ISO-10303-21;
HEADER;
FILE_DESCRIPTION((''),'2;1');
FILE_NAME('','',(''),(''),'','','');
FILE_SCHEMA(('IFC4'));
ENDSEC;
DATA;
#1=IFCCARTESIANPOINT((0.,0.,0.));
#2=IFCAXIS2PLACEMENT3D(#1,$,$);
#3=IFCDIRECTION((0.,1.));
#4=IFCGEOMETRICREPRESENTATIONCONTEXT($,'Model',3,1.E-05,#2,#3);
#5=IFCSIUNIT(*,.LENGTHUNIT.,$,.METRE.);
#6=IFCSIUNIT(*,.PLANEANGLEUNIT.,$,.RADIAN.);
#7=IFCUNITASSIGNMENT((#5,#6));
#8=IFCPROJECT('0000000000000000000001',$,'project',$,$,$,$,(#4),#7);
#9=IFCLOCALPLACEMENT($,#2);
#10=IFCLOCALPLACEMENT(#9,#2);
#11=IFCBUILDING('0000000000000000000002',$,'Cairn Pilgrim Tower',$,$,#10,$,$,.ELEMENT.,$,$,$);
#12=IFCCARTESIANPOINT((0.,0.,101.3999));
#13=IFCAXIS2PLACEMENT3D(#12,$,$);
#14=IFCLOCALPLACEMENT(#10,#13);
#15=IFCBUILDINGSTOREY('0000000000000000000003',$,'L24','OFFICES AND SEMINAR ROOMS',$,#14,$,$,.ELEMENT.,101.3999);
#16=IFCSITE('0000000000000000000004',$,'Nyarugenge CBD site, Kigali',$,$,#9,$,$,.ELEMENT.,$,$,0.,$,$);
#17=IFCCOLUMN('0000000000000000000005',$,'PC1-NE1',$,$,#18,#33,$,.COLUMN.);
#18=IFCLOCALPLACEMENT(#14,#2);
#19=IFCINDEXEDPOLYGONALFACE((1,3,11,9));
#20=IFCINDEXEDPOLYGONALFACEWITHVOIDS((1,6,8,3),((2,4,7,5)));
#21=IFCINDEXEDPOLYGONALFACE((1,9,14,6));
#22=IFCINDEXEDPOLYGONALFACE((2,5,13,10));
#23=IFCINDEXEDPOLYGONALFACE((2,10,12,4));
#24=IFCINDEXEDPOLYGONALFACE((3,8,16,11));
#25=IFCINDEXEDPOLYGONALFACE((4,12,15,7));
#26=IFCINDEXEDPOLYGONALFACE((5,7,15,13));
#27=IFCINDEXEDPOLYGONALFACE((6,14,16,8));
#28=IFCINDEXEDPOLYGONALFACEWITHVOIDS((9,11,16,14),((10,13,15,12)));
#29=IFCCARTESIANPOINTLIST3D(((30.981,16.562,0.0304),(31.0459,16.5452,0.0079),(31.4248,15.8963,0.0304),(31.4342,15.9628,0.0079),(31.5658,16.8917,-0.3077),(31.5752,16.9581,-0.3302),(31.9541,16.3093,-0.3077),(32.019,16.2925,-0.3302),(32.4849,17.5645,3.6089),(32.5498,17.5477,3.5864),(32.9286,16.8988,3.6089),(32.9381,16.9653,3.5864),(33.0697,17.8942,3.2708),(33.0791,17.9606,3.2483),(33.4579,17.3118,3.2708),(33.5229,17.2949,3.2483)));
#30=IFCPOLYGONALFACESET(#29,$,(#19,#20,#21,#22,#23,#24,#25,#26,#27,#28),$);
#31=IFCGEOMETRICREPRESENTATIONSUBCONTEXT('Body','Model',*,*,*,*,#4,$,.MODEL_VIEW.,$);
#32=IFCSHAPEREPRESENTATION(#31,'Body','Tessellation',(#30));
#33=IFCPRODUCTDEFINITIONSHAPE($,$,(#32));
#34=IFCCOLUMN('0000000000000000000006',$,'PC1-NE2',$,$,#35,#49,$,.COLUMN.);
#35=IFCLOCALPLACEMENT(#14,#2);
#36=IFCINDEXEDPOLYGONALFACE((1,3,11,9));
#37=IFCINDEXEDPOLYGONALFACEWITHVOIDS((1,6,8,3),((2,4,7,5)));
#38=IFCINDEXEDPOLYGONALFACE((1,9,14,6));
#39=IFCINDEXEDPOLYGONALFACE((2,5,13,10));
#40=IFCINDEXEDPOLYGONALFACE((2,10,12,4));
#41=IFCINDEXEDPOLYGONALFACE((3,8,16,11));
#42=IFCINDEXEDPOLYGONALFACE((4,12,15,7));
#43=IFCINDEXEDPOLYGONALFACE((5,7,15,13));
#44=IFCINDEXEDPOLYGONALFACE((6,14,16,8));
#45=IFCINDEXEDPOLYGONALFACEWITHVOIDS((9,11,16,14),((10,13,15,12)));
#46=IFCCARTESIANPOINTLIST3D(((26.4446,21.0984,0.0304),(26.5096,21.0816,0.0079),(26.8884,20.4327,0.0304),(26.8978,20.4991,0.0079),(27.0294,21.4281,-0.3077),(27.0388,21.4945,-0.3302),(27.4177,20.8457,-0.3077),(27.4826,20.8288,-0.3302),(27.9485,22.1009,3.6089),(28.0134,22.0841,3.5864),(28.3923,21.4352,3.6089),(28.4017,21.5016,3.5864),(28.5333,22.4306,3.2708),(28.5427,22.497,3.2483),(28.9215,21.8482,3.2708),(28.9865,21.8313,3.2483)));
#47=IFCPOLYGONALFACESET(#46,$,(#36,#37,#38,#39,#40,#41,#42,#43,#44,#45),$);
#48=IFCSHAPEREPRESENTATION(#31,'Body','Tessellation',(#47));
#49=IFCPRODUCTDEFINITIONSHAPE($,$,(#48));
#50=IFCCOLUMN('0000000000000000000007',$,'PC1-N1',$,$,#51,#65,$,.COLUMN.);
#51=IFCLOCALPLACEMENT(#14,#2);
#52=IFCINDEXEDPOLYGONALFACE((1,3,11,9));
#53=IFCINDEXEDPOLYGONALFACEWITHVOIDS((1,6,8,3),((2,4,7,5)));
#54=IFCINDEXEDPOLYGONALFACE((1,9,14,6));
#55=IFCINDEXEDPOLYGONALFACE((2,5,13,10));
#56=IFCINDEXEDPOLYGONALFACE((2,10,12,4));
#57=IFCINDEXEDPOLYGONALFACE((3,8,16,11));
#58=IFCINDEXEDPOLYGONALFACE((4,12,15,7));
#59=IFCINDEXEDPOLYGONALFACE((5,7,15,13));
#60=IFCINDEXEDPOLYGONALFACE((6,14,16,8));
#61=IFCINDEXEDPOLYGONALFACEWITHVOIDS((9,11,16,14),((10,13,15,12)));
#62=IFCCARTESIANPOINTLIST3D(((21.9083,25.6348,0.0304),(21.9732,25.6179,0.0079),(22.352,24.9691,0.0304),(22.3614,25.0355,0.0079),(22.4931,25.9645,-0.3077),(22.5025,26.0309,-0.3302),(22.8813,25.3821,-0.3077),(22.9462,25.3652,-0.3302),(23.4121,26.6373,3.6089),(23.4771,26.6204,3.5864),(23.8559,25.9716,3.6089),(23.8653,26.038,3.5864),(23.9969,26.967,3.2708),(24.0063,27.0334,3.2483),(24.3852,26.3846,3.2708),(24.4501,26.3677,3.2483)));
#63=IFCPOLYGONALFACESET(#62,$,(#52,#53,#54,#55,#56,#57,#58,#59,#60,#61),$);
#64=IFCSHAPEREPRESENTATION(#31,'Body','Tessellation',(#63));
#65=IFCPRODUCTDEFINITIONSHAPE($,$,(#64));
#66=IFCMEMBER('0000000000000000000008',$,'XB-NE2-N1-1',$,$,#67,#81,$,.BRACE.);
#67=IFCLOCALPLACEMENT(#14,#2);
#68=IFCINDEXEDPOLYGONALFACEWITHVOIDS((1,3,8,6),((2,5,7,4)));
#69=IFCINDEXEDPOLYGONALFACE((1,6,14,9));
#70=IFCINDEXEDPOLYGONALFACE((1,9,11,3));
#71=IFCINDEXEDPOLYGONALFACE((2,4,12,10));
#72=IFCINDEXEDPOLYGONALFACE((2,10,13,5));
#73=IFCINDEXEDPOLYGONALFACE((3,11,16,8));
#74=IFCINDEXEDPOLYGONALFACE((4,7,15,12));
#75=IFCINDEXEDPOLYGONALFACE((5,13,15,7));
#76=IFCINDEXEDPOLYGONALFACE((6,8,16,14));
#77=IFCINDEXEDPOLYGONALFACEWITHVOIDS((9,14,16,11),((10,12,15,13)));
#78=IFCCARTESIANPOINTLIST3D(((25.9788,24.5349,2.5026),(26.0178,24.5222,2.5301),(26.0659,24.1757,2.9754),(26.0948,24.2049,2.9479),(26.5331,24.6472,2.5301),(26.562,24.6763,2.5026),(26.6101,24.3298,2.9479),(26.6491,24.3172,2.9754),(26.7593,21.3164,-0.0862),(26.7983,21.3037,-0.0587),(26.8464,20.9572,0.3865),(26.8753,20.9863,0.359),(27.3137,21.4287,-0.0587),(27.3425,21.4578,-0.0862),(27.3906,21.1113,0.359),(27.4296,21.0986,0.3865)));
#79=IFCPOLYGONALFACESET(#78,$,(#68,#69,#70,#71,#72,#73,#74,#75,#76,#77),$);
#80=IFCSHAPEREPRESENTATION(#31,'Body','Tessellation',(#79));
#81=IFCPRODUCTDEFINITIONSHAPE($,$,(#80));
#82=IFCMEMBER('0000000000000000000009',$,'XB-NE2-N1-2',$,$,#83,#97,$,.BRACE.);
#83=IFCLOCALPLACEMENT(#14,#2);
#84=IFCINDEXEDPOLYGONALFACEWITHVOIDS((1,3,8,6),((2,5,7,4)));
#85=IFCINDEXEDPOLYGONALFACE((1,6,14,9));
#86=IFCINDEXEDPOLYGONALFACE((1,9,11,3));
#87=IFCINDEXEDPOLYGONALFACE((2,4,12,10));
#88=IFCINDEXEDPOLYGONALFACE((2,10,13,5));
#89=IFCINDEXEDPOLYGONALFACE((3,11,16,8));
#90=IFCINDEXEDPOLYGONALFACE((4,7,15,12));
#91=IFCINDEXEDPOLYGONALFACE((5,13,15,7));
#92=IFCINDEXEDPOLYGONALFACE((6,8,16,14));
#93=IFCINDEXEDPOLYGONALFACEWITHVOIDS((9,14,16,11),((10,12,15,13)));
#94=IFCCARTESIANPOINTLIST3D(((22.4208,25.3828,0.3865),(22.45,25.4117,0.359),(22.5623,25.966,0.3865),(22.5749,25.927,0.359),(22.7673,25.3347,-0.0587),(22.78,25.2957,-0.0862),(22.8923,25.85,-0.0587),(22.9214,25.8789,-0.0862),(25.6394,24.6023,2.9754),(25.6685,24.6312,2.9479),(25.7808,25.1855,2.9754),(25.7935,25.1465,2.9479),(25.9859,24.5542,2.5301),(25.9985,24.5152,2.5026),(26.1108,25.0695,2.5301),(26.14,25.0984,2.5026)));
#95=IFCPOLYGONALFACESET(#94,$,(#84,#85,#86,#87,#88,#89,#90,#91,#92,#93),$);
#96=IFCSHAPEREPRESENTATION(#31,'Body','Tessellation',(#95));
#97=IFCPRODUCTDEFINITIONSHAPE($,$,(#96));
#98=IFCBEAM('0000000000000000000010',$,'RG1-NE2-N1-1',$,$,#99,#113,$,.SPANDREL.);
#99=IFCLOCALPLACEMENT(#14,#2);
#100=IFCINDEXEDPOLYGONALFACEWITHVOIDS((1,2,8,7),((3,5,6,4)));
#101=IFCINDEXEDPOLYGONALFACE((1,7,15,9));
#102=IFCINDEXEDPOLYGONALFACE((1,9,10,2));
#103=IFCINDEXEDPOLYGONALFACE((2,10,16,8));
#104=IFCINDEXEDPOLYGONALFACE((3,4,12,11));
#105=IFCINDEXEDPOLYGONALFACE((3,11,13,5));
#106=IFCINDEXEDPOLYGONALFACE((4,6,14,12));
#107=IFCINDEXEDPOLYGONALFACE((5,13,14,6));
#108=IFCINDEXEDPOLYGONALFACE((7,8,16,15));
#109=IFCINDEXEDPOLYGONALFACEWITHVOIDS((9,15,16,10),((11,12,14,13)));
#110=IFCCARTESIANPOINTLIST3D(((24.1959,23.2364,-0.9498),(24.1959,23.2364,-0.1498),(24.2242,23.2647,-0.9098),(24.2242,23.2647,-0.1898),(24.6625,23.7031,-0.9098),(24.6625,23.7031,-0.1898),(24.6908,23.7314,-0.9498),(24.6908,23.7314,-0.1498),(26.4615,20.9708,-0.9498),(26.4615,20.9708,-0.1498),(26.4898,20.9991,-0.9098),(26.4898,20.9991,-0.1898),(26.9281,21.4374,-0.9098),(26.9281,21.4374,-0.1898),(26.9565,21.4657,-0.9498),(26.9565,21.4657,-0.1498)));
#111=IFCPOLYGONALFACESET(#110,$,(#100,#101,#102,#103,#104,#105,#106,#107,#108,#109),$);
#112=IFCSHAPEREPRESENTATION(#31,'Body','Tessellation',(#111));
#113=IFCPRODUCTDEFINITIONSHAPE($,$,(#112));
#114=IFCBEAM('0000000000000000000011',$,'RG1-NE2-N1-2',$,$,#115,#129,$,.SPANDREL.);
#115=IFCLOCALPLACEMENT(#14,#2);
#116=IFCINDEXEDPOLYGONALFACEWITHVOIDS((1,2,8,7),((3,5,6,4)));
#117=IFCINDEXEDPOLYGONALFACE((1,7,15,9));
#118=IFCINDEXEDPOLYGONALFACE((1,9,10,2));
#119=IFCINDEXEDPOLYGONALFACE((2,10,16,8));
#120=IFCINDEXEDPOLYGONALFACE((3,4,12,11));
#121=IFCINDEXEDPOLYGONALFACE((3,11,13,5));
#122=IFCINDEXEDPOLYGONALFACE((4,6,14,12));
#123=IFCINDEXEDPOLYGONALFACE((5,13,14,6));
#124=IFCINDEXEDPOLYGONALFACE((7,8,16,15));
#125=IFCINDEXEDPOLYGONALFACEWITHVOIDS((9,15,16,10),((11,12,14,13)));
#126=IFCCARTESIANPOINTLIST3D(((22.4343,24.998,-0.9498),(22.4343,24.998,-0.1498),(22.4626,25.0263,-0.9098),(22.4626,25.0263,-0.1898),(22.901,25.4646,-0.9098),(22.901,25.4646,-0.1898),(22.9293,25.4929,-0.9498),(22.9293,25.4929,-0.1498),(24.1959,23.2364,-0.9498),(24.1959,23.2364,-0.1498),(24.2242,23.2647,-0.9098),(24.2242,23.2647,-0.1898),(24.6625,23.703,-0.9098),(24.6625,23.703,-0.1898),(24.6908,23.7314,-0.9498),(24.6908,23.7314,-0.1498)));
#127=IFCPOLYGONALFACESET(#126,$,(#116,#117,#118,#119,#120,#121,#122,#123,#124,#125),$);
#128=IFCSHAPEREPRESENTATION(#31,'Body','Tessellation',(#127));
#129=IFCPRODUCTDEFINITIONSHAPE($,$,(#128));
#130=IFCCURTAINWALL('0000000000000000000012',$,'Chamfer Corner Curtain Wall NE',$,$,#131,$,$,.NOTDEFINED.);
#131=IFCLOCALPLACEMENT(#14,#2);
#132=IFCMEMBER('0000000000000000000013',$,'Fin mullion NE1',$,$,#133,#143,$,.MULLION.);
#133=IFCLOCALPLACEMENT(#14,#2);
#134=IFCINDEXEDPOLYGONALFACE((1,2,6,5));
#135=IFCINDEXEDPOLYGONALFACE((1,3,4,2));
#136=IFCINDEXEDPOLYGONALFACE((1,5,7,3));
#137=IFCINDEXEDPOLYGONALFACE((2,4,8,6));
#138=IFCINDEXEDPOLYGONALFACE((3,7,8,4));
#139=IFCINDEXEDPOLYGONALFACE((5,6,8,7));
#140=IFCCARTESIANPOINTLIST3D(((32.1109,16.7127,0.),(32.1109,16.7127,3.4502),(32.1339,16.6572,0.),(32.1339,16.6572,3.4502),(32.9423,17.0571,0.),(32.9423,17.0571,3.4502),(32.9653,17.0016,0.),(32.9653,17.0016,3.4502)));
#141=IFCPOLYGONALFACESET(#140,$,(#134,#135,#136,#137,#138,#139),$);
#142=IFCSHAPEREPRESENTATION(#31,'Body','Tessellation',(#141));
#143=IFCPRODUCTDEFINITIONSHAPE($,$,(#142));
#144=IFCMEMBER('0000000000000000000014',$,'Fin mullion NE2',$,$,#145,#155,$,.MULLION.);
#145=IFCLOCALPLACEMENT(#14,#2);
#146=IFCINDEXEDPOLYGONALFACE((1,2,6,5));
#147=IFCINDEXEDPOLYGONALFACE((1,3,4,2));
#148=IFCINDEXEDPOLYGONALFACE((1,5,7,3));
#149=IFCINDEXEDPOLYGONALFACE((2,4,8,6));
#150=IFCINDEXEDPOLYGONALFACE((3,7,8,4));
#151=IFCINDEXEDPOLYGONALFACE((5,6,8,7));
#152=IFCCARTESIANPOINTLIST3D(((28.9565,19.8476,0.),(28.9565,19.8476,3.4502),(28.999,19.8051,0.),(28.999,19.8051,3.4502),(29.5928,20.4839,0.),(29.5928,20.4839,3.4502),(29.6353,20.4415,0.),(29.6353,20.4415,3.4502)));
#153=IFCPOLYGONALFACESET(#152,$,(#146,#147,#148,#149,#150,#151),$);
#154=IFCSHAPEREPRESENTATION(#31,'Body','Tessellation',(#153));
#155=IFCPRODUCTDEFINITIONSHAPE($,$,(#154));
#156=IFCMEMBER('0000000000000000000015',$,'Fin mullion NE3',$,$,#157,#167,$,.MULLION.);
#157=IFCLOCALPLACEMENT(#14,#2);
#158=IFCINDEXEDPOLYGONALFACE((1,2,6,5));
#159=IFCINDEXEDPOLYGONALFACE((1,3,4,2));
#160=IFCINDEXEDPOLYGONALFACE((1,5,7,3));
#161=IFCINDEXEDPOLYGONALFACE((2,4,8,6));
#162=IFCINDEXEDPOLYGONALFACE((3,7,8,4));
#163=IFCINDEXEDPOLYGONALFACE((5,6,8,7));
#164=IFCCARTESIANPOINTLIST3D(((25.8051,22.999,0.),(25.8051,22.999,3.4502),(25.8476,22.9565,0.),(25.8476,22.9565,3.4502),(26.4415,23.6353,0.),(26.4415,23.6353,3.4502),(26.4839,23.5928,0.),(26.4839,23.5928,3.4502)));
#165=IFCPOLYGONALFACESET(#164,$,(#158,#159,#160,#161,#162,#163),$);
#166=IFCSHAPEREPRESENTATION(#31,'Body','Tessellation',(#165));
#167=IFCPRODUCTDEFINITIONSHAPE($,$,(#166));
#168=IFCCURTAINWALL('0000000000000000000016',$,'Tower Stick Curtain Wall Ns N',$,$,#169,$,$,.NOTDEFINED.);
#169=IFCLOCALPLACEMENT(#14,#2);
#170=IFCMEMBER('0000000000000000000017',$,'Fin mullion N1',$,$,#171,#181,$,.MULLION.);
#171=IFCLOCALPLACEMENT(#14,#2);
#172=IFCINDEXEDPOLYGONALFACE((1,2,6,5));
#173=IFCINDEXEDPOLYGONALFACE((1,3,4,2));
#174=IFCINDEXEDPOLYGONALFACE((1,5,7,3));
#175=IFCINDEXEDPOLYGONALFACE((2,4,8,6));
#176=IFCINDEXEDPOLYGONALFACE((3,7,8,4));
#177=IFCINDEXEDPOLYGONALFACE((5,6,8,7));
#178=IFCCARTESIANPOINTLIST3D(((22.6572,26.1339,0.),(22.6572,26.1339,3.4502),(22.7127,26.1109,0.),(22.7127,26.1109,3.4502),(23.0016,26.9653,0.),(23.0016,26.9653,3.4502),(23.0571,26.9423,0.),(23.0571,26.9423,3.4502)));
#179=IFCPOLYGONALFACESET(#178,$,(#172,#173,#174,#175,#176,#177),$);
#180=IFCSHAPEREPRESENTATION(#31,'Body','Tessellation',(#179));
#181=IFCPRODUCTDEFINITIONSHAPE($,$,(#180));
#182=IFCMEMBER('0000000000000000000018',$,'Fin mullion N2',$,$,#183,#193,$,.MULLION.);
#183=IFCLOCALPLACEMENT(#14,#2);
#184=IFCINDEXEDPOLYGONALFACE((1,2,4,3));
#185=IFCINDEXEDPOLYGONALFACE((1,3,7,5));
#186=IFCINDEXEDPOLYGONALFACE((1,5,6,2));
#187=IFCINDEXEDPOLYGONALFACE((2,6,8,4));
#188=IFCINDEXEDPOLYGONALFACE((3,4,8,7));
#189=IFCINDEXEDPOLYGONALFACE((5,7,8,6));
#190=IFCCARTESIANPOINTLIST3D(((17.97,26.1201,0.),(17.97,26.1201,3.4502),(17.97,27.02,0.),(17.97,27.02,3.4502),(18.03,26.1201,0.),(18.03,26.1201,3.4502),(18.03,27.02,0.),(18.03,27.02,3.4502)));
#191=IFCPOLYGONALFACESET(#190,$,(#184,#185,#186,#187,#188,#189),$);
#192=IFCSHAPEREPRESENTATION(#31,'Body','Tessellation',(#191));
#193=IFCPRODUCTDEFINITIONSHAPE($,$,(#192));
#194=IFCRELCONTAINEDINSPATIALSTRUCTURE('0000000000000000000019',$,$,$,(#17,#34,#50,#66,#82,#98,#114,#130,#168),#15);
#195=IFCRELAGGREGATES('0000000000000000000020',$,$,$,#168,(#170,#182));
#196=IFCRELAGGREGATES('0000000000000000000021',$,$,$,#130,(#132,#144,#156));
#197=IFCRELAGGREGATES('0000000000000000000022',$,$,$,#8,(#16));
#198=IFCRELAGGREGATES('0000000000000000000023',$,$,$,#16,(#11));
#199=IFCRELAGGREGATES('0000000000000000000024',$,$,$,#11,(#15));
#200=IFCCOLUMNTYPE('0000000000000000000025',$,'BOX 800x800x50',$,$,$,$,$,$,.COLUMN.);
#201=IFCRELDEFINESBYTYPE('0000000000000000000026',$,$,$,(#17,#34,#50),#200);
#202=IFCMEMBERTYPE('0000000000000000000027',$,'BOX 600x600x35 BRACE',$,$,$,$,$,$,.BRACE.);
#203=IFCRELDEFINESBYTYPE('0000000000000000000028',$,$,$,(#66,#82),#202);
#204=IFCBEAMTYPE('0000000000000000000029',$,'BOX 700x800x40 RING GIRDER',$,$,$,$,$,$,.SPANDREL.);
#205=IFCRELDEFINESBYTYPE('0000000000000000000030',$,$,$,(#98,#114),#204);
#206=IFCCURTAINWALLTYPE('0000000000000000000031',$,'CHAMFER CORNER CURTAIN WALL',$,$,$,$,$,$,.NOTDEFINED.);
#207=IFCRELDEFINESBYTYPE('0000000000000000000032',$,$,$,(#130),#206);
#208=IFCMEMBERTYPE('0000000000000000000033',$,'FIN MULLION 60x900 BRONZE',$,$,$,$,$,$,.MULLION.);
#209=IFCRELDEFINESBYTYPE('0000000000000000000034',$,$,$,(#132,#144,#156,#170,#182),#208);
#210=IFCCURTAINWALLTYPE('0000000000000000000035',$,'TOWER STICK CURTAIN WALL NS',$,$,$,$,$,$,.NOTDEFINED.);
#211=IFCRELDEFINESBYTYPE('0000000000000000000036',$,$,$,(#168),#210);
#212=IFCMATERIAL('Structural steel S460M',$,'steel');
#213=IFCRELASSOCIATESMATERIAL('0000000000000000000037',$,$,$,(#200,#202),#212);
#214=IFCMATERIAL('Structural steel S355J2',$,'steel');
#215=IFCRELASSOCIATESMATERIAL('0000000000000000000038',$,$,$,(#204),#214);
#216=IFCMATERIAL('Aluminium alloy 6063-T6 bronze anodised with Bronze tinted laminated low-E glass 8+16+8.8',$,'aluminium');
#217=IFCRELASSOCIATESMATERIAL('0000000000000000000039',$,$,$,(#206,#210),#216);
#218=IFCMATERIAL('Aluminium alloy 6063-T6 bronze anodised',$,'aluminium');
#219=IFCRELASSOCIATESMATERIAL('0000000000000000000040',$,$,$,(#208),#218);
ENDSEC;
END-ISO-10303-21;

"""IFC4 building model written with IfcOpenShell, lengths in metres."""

from ifc_helpers import new_model, si_unit, direction, frame, origin, origin_2d, place, context, subcontext, project, spatial, rectangle, hollow_rectangle, extrude, clip, halfspace, material, material_profile, profile_set, type_object, element, aggregate, save


model = new_model("IFC4")

# Units and contexts
model_context = context("Model", 3, precision=1e-05, world=origin(), true_north=direction((0.0, 1.0)))
body_context = subcontext(model_context, "Body", "Model", "MODEL_VIEW")
ifc_project = project(units=[si_unit("LENGTHUNIT", "METRE"), si_unit("PLANEANGLEUNIT", "RADIAN")], contexts=[model_context])

# Site, building, storey
site_placement = place(None, origin())
site = spatial("IfcSite", under=ifc_project, at=site_placement, Name="Nyarugenge CBD site, Kigali", CompositionType="ELEMENT", RefElevation=0.0)
building_placement = place(site_placement, origin())
building = spatial("IfcBuilding", under=site, at=building_placement, Name="Cairn Pilgrim Tower", CompositionType="ELEMENT")
storey_placement = place(building_placement, frame((0.0, 0.0, 101.3999)))
storey = spatial("IfcBuildingStorey", under=building, at=storey_placement, Name="L24", Description="OFFICES AND SEMINAR ROOMS", CompositionType="ELEMENT", Elevation=101.3999)

# Columns
ifc_material_1 = material(Name="Structural steel S460M", Category="steel")
ifc_material_profile_1 = material_profile(ifc_material_1, hollow_rectangle(XDim=0.8, YDim=0.8, WallThickness=0.05, at=origin_2d()), Name="BOX 800x800x50")
ifc_profile_set_1 = profile_set([ifc_material_profile_1], Name="Structural steel S460M")
column_type = type_object("IfcColumnType", Name="BOX 800x800x50", PredefinedType="COLUMN", material=ifc_profile_set_1)
for number, where, z_axis, x_axis, name in (
    (1, (31.5, 16.4272, -0.1499), (0.37512, 0.25006, 0.892612), (-0.554669, 0.832071, 0.0), "PC1-NE1"),
    (2, (26.9636, 20.9636, -0.1499), (0.37512, 0.25006, 0.892612), (-0.554669, 0.832071, 0.0), "PC1-NE2"),
    (3, (22.4272, 25.5, -0.1499), (0.37512, 0.25006, 0.892612), (-0.554669, 0.832071, 0.0), "PC1-N1"),
):
    element("IfcColumn", number, at=place(storey_placement, frame(where, z_axis=z_axis, x_axis=x_axis)), inside=storey, type_object=column_type, Name=name, PredefinedType="COLUMN", context=body_context, shape_type="Clipping", body=[
        clip(extrude(hollow_rectangle(XDim=0.8, YDim=0.8, WallThickness=0.05, at=origin_2d()), origin(), (0.0, 0.0, 1.0), 4.0332), halfspace(frame((0.0, 0.0, 4.009), z_axis=(0.0, 0.0, 1.0), x_axis=(1.0, 0.0, 0.0)), False)),
    ])

# Members
ifc_material_profile_2 = material_profile(ifc_material_1, hollow_rectangle(XDim=0.6001, YDim=0.6001, WallThickness=0.0349, at=origin_2d()), Name="BOX 600x600x35")
ifc_profile_set_2 = profile_set([ifc_material_profile_2], Name="Structural steel S460M")
member_type_1 = type_object("IfcMemberType", Name="BOX 600x600x35 BRACE", PredefinedType="BRACE", material=ifc_profile_set_2)
for number, where, z_axis, x_axis, name in (
    (4, (27.0945, 21.2075, 0.1501), (-0.185679, 0.765655, 0.61587), (-0.971831, -0.235678, 0.0), "XB-NE2-N1-1"),
    (5, (22.6711, 25.6309, 0.1501), (0.765655, -0.185679, 0.61587), (0.235678, 0.971831, 0.0), "XB-NE2-N1-2"),
):
    element("IfcMember", number, at=place(storey_placement, frame(where, z_axis=z_axis, x_axis=x_axis)), inside=storey, type_object=member_type_1, Name=name, PredefinedType="BRACE", context=body_context, shape_type="SweptSolid", body=[
        extrude(hollow_rectangle(XDim=0.6001, YDim=0.6001, WallThickness=0.0349, at=origin_2d()), origin(), (0.0, 0.0, 1.0), 4.2036),
    ])

# Beams
ifc_material_2 = material(Name="Structural steel S355J2", Category="steel")
ifc_material_profile_3 = material_profile(ifc_material_2, hollow_rectangle(XDim=0.7, YDim=0.8, WallThickness=0.04, at=origin_2d()), Name="BOX 700x800x40")
ifc_profile_set_3 = profile_set([ifc_material_profile_3], Name="Structural steel S355J2")
beam_type_1 = type_object("IfcBeamType", Name="BOX 700x800x40 RING GIRDER", PredefinedType="SPANDREL", material=ifc_profile_set_3)
beam_1_placement = place(storey_placement, frame((26.709, 21.2183, -0.5498), z_axis=(-0.707107, 0.707107, 0.0), x_axis=(-0.707107, -0.707107, 0.0)))
element("IfcBeam", 6, at=beam_1_placement, inside=storey, type_object=beam_type_1, Name="RG1-NE2-N1-1", PredefinedType="SPANDREL", context=body_context, shape_type="SweptSolid", body=[
    extrude(hollow_rectangle(XDim=0.7, YDim=0.8, WallThickness=0.04, at=origin_2d()), origin(), (0.0, 0.0, 1.0), 3.2041),
])
beam_2_placement = place(storey_placement, frame((24.4434, 23.4839, -0.5498), z_axis=(-0.707107, 0.707107, 0.0), x_axis=(-0.707107, -0.707107, 0.0)))
element("IfcBeam", 7, at=beam_2_placement, inside=storey, type_object=beam_type_1, Name="RG1-NE2-N1-2", PredefinedType="SPANDREL", context=body_context, shape_type="SweptSolid", body=[
    extrude(hollow_rectangle(XDim=0.7, YDim=0.8, WallThickness=0.04, at=origin_2d()), origin(), (0.0, 0.0, 1.0), 2.4912),
])

# Curtain walls, members
ifc_material_3 = material(Name="Aluminium alloy 6063-T6 bronze anodised with Bronze tinted laminated low-E glass 8+16+8.8", Category="aluminium")
curtain_wall_type_1 = type_object("IfcCurtainWallType", Name="CHAMFER CORNER CURTAIN WALL", PredefinedType="NOTDEFINED", material=ifc_material_3)
curtain_wall_1_placement = place(storey_placement, origin())
curtain_wall_1 = element("IfcCurtainWall", 8, at=curtain_wall_1_placement, inside=storey, type_object=curtain_wall_type_1, Name="Chamfer Corner Curtain Wall NE", PredefinedType="NOTDEFINED")
ifc_material_4 = material(Name="Aluminium alloy 6063-T6 bronze anodised", Category="aluminium")
ifc_material_profile_4 = material_profile(ifc_material_4, rectangle(XDim=0.8999, YDim=0.0601, at=origin_2d()), Name="FIN MULLION 60x900 BRONZE")
ifc_profile_set_4 = profile_set([ifc_material_profile_4], Name="Aluminium alloy 6063-T6 bronze anodised")
member_type_2 = type_object("IfcMemberType", Name="FIN MULLION 60x900 BRONZE", PredefinedType="MULLION", material=ifc_profile_set_4)
member_1_placement = place(storey_placement, frame((32.5381, 16.8572, 0.0), z_axis=(0.0, 0.0, 1.0), x_axis=(0.92388, 0.382683, 0.0)))
member_1 = element("IfcMember", 9, at=member_1_placement, type_object=member_type_2, Name="Fin mullion NE1", PredefinedType="MULLION", context=body_context, shape_type="SweptSolid", body=[
    extrude(rectangle(XDim=0.8999, YDim=0.0601, at=origin_2d()), origin(), (0.0, 0.0, 1.0), 3.4502),
])
member_2_placement = place(storey_placement, frame((29.2959, 20.1445, 0.0), z_axis=(0.0, 0.0, 1.0), x_axis=(0.707107, 0.707107, 0.0)))
member_2 = element("IfcMember", 10, at=member_2_placement, type_object=member_type_2, Name="Fin mullion NE2", PredefinedType="MULLION", context=body_context, shape_type="SweptSolid", body=[
    extrude(rectangle(XDim=0.8999, YDim=0.0601, at=origin_2d()), origin(), (0.0, 0.0, 1.0), 3.4502),
])
member_3_placement = place(storey_placement, frame((26.1445, 23.2959, 0.0), z_axis=(0.0, 0.0, 1.0), x_axis=(0.707107, 0.707107, 0.0)))
member_3 = element("IfcMember", 11, at=member_3_placement, type_object=member_type_2, Name="Fin mullion NE3", PredefinedType="MULLION", context=body_context, shape_type="SweptSolid", body=[
    extrude(rectangle(XDim=0.8999, YDim=0.0601, at=origin_2d()), origin(), (0.0, 0.0, 1.0), 3.4502),
])
curtain_wall_type_2 = type_object("IfcCurtainWallType", Name="TOWER STICK CURTAIN WALL NS", PredefinedType="NOTDEFINED", material=ifc_material_3)
curtain_wall_2_placement = place(storey_placement, origin())
curtain_wall_2 = element("IfcCurtainWall", 12, at=curtain_wall_2_placement, inside=storey, type_object=curtain_wall_type_2, Name="Tower Stick Curtain Wall Ns N", PredefinedType="NOTDEFINED")
member_4_placement = place(storey_placement, frame((22.8572, 26.5381, 0.0), z_axis=(0.0, 0.0, 1.0), x_axis=(0.382683, 0.92388, 0.0)))
member_4 = element("IfcMember", 13, at=member_4_placement, type_object=member_type_2, Name="Fin mullion N1", PredefinedType="MULLION", context=body_context, shape_type="SweptSolid", body=[
    extrude(rectangle(XDim=0.8999, YDim=0.0601, at=origin_2d()), origin(), (0.0, 0.0, 1.0), 3.4502),
])
member_5_placement = place(storey_placement, frame((18.0, 26.5701, 0.0), z_axis=(0.0, 0.0, 1.0), x_axis=(0.0, 1.0, 0.0)))
member_5 = element("IfcMember", 14, at=member_5_placement, type_object=member_type_2, Name="Fin mullion N2", PredefinedType="MULLION", context=body_context, shape_type="SweptSolid", body=[
    extrude(rectangle(XDim=0.8999, YDim=0.0601, at=origin_2d()), origin(), (0.0, 0.0, 1.0), 3.4502),
])

aggregate(curtain_wall_2, [member_4, member_5])
aggregate(curtain_wall_1, [member_1, member_2, member_3])

save(model, "model.ifc")
